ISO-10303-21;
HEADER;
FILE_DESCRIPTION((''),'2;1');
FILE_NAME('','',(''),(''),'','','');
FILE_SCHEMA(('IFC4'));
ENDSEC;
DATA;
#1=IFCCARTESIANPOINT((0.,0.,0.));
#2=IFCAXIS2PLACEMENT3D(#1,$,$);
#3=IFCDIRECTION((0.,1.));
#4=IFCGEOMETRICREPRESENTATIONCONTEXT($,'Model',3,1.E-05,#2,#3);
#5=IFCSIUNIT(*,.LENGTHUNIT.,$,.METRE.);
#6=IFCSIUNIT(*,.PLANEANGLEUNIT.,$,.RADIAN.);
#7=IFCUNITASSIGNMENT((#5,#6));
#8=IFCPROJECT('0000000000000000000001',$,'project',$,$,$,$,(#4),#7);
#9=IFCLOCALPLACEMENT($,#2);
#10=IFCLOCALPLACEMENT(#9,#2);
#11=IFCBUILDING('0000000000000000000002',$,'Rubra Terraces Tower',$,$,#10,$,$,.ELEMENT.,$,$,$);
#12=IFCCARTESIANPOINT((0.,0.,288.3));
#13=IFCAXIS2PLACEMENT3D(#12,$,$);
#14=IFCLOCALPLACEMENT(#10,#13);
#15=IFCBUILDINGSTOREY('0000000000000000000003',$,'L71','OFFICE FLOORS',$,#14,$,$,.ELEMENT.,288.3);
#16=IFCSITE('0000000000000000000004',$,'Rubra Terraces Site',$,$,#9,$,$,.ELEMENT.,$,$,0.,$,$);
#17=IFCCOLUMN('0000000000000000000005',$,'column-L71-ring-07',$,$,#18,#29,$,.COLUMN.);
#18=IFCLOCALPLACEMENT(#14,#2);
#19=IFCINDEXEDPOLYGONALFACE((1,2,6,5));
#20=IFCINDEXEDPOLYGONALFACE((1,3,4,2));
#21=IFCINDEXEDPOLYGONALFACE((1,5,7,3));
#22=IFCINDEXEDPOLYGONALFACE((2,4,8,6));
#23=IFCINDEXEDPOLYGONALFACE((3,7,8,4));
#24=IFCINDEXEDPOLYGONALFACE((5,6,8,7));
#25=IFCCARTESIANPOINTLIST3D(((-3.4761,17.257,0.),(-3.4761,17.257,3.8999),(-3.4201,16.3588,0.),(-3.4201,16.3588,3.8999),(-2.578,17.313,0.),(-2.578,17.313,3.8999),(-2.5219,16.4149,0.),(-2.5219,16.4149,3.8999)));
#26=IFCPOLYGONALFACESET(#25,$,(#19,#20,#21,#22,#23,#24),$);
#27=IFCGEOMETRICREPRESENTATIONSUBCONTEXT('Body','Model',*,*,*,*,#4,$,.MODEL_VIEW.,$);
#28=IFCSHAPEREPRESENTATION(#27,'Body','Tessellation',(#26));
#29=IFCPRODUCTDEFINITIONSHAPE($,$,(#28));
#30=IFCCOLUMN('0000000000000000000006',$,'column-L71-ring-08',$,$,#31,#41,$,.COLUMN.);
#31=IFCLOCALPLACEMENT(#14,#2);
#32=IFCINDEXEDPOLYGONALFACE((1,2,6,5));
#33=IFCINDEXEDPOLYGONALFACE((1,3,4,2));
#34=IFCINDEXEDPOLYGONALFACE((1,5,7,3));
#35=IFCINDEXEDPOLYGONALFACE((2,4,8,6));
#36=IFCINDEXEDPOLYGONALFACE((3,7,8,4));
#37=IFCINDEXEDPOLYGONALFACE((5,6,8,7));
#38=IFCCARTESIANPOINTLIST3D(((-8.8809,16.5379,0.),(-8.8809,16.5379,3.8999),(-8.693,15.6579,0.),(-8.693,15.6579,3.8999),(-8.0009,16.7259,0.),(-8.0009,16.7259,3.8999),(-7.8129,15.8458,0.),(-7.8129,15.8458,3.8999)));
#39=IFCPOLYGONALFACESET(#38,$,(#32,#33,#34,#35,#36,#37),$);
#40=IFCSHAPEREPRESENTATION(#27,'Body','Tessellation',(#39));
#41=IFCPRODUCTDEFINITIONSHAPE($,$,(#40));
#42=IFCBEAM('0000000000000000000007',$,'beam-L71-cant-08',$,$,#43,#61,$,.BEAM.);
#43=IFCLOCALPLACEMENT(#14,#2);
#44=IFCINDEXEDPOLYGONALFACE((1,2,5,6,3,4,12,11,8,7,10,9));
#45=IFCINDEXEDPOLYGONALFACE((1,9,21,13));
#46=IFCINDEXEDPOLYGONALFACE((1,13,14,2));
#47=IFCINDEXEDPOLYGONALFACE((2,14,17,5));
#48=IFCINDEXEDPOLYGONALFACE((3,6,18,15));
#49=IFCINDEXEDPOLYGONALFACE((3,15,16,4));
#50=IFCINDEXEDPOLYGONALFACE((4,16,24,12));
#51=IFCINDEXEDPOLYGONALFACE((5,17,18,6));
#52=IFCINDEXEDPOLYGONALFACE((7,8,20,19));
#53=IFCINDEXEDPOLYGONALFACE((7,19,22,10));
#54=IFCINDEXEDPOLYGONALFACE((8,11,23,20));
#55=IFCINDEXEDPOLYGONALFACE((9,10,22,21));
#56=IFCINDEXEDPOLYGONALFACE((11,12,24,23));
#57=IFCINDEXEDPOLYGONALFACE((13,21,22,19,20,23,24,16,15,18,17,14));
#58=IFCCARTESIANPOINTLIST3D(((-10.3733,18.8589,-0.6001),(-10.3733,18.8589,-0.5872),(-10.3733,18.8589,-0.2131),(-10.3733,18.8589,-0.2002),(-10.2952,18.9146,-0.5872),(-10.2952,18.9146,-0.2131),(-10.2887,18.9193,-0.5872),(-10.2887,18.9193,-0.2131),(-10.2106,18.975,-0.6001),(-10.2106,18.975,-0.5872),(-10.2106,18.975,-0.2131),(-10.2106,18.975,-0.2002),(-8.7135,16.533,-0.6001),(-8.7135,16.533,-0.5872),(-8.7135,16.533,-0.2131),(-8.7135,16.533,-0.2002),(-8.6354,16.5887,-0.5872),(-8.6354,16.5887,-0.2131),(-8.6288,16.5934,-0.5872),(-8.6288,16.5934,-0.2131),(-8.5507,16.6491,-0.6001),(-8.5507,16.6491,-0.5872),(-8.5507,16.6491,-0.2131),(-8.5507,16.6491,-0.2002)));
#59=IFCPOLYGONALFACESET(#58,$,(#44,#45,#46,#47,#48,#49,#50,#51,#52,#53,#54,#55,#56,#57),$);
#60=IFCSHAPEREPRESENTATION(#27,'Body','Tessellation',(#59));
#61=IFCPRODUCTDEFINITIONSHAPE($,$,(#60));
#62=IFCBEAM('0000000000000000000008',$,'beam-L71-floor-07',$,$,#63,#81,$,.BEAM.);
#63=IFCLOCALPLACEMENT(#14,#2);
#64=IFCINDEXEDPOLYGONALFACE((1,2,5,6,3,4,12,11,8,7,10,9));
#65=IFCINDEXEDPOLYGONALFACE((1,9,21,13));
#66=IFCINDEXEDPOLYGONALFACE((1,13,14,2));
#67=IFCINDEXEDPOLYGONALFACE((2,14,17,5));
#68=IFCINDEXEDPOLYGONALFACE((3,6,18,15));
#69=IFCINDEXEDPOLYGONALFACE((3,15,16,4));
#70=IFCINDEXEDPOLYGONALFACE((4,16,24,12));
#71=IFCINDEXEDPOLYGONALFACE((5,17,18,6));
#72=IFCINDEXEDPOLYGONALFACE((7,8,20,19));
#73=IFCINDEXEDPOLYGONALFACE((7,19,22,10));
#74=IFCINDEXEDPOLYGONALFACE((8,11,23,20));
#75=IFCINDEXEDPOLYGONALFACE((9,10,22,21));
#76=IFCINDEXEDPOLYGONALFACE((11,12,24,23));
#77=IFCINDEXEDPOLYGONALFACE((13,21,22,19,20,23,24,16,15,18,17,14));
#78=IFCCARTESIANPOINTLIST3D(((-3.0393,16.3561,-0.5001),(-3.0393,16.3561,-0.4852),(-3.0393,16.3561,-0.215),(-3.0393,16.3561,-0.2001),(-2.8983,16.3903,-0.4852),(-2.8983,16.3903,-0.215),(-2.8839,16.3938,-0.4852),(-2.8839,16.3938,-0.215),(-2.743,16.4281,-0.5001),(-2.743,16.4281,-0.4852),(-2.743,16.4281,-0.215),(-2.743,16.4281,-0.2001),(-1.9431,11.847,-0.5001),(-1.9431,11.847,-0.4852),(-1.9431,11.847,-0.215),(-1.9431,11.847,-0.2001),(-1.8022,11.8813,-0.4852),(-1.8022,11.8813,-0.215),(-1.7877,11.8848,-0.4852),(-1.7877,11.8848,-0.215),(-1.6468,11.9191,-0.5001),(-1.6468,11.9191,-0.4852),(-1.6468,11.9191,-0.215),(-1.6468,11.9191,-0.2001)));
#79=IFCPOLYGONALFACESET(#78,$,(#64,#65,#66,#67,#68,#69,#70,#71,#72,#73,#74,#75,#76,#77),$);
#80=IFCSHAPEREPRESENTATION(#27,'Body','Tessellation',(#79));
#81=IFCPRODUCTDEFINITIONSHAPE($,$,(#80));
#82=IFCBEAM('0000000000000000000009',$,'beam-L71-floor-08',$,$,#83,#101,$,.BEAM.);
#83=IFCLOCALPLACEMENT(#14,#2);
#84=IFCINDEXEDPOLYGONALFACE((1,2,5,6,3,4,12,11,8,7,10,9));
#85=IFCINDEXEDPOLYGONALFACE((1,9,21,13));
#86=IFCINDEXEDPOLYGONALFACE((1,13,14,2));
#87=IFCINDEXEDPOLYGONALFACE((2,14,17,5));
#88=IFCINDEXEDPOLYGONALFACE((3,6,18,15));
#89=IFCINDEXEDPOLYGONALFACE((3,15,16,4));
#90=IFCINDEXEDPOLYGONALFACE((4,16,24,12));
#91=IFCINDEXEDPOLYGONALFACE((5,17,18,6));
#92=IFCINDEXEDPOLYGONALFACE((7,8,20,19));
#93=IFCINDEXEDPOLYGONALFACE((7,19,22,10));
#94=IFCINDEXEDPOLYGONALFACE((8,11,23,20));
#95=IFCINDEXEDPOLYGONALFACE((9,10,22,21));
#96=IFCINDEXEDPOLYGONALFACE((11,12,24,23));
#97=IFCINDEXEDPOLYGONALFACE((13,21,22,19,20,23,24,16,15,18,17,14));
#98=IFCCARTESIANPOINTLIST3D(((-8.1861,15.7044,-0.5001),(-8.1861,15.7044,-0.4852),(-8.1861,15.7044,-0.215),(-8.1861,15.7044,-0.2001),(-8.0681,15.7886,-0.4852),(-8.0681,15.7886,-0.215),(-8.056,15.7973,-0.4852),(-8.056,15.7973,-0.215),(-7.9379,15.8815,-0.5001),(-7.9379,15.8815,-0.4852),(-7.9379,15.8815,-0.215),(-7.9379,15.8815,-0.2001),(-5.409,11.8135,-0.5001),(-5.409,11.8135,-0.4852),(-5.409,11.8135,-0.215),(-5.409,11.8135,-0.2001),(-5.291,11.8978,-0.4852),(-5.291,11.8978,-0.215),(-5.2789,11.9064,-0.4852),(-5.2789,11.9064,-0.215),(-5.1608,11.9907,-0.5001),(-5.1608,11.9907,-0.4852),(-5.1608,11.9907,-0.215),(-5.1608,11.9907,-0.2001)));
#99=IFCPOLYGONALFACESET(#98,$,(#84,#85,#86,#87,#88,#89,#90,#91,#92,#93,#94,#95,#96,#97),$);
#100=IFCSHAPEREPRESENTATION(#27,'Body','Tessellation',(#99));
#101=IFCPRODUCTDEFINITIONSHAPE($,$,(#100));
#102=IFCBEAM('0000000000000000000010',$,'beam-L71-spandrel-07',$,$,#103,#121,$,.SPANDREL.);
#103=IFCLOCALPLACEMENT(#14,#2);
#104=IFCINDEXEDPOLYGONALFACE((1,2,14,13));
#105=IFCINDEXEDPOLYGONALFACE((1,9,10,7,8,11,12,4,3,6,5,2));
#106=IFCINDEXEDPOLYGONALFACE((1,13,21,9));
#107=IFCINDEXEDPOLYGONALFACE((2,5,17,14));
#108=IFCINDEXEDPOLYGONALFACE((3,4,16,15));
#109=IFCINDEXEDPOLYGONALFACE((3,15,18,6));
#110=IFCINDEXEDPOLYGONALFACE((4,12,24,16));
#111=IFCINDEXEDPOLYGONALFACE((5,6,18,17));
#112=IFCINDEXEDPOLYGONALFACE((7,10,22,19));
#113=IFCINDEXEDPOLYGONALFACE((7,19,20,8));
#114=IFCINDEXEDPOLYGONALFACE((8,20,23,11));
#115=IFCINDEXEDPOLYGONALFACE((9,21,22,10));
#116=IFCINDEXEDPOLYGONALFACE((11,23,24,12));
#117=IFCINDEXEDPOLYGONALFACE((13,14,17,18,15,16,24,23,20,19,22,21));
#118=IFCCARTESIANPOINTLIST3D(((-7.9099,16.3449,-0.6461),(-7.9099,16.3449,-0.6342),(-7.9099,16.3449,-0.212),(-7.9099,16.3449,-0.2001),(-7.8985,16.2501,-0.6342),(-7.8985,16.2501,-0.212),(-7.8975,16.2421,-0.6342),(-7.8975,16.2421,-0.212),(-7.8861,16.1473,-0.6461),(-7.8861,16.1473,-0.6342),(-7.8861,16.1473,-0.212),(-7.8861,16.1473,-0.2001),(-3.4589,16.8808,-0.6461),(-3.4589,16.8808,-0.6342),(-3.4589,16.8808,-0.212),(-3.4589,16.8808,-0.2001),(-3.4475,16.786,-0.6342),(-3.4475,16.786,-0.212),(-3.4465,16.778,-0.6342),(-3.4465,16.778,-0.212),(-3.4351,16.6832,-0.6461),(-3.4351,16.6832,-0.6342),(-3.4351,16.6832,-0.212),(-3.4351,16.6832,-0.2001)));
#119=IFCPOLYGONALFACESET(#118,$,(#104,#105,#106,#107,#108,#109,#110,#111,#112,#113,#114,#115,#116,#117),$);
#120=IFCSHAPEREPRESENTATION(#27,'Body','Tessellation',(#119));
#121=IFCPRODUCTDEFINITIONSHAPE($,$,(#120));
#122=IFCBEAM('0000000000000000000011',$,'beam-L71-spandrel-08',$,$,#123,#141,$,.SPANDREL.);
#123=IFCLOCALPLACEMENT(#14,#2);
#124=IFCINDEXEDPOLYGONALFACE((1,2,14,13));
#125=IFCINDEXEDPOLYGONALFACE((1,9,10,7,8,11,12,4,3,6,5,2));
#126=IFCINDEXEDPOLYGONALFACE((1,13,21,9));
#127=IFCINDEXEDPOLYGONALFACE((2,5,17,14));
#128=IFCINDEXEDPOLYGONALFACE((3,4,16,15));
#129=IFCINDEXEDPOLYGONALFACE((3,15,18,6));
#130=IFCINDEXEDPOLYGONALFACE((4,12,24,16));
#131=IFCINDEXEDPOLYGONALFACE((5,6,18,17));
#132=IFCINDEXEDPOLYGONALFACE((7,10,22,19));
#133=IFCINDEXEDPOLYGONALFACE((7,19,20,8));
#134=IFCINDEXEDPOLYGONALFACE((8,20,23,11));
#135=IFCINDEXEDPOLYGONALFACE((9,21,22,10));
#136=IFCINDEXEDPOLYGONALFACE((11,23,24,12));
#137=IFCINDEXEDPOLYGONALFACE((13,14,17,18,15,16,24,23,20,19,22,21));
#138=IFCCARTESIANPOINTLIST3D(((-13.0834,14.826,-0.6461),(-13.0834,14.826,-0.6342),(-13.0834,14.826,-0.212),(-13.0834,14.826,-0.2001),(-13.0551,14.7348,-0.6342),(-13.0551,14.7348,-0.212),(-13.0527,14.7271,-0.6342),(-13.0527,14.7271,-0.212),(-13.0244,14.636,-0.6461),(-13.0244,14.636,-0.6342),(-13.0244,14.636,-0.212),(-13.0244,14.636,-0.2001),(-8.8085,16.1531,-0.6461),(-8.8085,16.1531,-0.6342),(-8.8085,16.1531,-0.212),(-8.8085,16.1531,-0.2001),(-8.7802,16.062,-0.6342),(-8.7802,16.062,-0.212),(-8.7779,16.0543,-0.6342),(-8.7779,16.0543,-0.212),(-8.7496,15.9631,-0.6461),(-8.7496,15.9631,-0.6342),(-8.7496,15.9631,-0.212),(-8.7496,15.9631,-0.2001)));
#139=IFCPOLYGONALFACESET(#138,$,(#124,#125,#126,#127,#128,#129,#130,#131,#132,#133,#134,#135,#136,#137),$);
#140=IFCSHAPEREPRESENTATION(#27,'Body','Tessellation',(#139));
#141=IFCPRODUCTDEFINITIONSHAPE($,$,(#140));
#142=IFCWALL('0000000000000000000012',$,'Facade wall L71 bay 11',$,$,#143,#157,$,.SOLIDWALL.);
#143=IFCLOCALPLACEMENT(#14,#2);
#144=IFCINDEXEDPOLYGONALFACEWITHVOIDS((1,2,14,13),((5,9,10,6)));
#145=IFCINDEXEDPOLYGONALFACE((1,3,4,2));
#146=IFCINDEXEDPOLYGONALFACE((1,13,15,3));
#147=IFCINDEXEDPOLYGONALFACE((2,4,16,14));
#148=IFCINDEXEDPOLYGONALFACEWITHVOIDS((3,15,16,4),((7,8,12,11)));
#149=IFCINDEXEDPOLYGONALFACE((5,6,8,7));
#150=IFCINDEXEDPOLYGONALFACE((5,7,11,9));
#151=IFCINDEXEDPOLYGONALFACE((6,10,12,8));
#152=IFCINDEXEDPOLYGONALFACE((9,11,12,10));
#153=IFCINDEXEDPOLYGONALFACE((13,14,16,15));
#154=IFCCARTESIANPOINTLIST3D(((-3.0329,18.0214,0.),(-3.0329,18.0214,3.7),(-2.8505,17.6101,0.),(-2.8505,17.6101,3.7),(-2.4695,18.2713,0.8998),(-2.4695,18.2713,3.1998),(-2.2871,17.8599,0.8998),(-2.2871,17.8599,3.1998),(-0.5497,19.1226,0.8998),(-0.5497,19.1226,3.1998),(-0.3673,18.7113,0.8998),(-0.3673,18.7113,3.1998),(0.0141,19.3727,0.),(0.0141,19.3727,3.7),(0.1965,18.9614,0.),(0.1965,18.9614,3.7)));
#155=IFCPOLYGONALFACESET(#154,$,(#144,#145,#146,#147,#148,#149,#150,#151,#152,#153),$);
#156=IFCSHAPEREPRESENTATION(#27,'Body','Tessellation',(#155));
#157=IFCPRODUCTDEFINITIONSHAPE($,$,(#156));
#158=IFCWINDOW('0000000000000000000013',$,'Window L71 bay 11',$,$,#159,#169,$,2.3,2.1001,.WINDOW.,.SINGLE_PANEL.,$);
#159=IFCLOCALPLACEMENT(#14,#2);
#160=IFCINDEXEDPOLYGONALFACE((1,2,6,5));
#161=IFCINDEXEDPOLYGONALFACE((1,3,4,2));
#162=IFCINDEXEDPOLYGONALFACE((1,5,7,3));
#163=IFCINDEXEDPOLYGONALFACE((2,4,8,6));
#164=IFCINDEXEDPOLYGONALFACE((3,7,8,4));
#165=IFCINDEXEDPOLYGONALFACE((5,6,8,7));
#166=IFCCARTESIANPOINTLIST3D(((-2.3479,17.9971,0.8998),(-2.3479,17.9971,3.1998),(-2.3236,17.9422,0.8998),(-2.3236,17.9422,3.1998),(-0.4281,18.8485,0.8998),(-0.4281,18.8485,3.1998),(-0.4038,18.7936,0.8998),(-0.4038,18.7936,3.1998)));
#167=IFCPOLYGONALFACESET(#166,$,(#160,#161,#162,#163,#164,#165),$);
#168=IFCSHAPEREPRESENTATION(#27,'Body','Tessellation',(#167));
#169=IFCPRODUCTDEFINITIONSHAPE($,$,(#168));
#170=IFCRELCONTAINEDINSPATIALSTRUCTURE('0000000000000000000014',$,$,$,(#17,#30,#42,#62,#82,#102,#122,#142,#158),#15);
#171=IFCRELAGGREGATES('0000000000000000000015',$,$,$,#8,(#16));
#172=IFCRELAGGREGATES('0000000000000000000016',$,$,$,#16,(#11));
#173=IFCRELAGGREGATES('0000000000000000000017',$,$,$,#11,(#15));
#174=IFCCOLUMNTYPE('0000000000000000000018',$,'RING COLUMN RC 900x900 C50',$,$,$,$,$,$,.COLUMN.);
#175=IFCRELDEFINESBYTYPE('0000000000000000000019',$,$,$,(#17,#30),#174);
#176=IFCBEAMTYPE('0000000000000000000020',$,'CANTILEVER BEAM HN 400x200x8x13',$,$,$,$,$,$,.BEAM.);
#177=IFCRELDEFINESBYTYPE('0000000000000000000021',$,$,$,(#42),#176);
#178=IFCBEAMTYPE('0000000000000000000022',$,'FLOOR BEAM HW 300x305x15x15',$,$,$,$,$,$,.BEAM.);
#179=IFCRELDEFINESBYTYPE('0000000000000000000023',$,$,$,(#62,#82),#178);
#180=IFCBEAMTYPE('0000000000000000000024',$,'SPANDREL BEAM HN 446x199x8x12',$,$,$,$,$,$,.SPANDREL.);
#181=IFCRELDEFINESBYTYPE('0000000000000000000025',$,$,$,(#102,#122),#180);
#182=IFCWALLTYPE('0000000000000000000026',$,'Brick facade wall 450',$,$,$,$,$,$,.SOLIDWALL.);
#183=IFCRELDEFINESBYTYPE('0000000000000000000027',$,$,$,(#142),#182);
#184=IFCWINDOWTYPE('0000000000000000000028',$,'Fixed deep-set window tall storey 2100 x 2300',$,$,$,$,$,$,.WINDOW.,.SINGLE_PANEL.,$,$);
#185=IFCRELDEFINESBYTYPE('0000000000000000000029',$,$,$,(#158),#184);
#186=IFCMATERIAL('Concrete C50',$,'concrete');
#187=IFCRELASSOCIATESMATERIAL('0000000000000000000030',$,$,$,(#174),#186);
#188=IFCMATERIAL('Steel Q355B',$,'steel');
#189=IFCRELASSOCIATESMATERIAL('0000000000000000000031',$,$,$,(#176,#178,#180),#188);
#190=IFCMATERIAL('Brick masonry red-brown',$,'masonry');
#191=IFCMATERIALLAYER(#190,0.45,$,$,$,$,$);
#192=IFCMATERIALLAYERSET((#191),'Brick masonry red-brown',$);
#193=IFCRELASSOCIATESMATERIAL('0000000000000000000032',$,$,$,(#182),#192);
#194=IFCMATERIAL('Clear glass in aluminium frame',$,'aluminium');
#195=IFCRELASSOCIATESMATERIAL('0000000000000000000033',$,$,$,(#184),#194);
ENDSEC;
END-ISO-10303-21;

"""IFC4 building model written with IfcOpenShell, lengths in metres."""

from ifc_helpers import new_model, si_unit, direction, frame, frame_2d, origin, origin_2d, place, context, subcontext, project, spatial, rectangle, i_section, extrude, material, layer, layer_set, material_profile, profile_set, type_object, element, fill, save


model = new_model("IFC4")

# Units and contexts
model_context = context("Model", 3, precision=1e-05, world=origin(), true_north=direction((0.0, 1.0)))
body_context = subcontext(model_context, "Body", "Model", "MODEL_VIEW")
ifc_project = project(units=[si_unit("LENGTHUNIT", "METRE"), si_unit("PLANEANGLEUNIT", "RADIAN")], contexts=[model_context])

# Site, building, storey
site_placement = place(None, origin())
site = spatial("IfcSite", under=ifc_project, at=site_placement, Name="Rubra Terraces Site", CompositionType="ELEMENT", RefElevation=0.0)
building_placement = place(site_placement, origin())
building = spatial("IfcBuilding", under=site, at=building_placement, Name="Rubra Terraces Tower", CompositionType="ELEMENT")
storey_placement = place(building_placement, frame((0.0, 0.0, 288.3)))
storey = spatial("IfcBuildingStorey", under=building, at=storey_placement, Name="L71", Description="OFFICE FLOORS", CompositionType="ELEMENT", Elevation=288.3)

# Columns
ifc_material_1 = material(Name="Concrete C50", Category="concrete")
ifc_material_profile_1 = material_profile(ifc_material_1, rectangle(XDim=0.8999, YDim=0.8999, at=origin_2d()), Name="RC 900x900")
ifc_profile_set_1 = profile_set([ifc_material_profile_1], Name="Concrete C50")
column_type = type_object("IfcColumnType", Name="RING COLUMN RC 900x900 C50", PredefinedType="COLUMN", material=ifc_profile_set_1)
for number, where, z_axis, x_axis, name in (
    (1, (-2.999, 16.8359, 0.0), (0.0, 0.0, 1.0), (-0.998059, -0.062268, 0.0), "column-L71-ring-07"),
    (2, (-8.3469, 16.1919, 0.0), (0.0, 0.0, 1.0), (-0.977944, -0.208867, 0.0), "column-L71-ring-08"),
):
    element("IfcColumn", number, at=place(storey_placement, frame(where, z_axis=z_axis, x_axis=x_axis)), inside=storey, type_object=column_type, Name=name, PredefinedType="COLUMN", context=body_context, shape_type="SweptSolid", body=[
        extrude(rectangle(XDim=0.8999, YDim=0.8999, at=origin_2d()), origin(), (0.0, 0.0, 1.0), 3.8999),
    ])

# Beams
ifc_material_2 = material(Name="Steel Q355B", Category="steel")
ifc_material_profile_2 = material_profile(ifc_material_2, i_section(OverallWidth=0.2, OverallDepth=0.3999, WebThickness=0.0081, FlangeThickness=0.0129, at=origin_2d()), Name="HN 400x200x8x13")
ifc_profile_set_2 = profile_set([ifc_material_profile_2], Name="Steel Q355B")
beam_type_1 = type_object("IfcBeamType", Name="CANTILEVER BEAM HN 400x200x8x13", PredefinedType="BEAM", material=ifc_profile_set_2)
beam_1_placement = place(storey_placement, frame((-8.6321, 16.5911, -0.4001), z_axis=(-0.580899, 0.813976, 0.0), x_axis=(-0.813976, -0.580899, 0.0)))
element("IfcBeam", 3, at=beam_1_placement, inside=storey, type_object=beam_type_1, Name="beam-L71-cant-08", PredefinedType="BEAM", context=body_context, shape_type="SweptSolid", body=[
    extrude(i_section(OverallWidth=0.2, OverallDepth=0.3999, WebThickness=0.0081, FlangeThickness=0.0129, at=origin_2d()), origin(), (0.0, 0.0, 1.0), 2.8574),
])
ifc_material_profile_3 = material_profile(ifc_material_2, i_section(OverallWidth=0.3049, OverallDepth=0.3, WebThickness=0.0149, FlangeThickness=0.0149, at=origin_2d()), Name="HW 300x305x15x15")
ifc_profile_set_3 = profile_set([ifc_material_profile_3], Name="Steel Q355B")
beam_type_2 = type_object("IfcBeamType", Name="FLOOR BEAM HW 300x305x15x15", PredefinedType="BEAM", material=ifc_profile_set_3)
beam_2_placement = place(storey_placement, frame((-2.8911, 16.3921, -0.3501), z_axis=(0.236229, -0.971697, 0.0), x_axis=(0.971697, 0.236229, 0.0)))
element("IfcBeam", 4, at=beam_2_placement, inside=storey, type_object=beam_type_2, Name="beam-L71-floor-07", PredefinedType="BEAM", context=body_context, shape_type="SweptSolid", body=[
    extrude(i_section(OverallWidth=0.3049, OverallDepth=0.3, WebThickness=0.0149, FlangeThickness=0.0149, at=origin_2d()), origin(), (0.0, 0.0, 1.0), 4.6404),
])
beam_3_placement = place(storey_placement, frame((-8.062, 15.793, -0.3501), z_axis=(0.580948, -0.81394, 0.0), x_axis=(0.81394, 0.580948, 0.0)))
element("IfcBeam", 5, at=beam_3_placement, inside=storey, type_object=beam_type_2, Name="beam-L71-floor-08", PredefinedType="BEAM", context=body_context, shape_type="SweptSolid", body=[
    extrude(i_section(OverallWidth=0.3049, OverallDepth=0.3, WebThickness=0.0149, FlangeThickness=0.0149, at=origin_2d()), origin(), (0.0, 0.0, 1.0), 4.7803),
])
ifc_material_profile_4 = material_profile(ifc_material_2, i_section(OverallWidth=0.199, OverallDepth=0.446, WebThickness=0.0081, FlangeThickness=0.012, at=origin_2d()), Name="HN 446x199x8x12")
ifc_profile_set_4 = profile_set([ifc_material_profile_4], Name="Steel Q355B")
beam_type_3 = type_object("IfcBeamType", Name="SPANDREL BEAM HN 446x199x8x12", PredefinedType="SPANDREL", material=ifc_profile_set_4)
beam_4_placement = place(storey_placement, frame((-3.447, 16.782, -0.4231), z_axis=(-0.99283, -0.119536, 0.0), x_axis=(0.119536, -0.99283, 0.0)))
element("IfcBeam", 6, at=beam_4_placement, inside=storey, type_object=beam_type_3, Name="beam-L71-spandrel-07", PredefinedType="SPANDREL", context=body_context, shape_type="SweptSolid", body=[
    extrude(i_section(OverallWidth=0.199, OverallDepth=0.446, WebThickness=0.0081, FlangeThickness=0.012, at=origin_2d()), origin(), (0.0, 0.0, 1.0), 4.4832),
])
beam_5_placement = place(storey_placement, frame((-8.7791, 16.0581, -0.4231), z_axis=(-0.955035, -0.296492, 0.0), x_axis=(0.296492, -0.955035, 0.0)))
element("IfcBeam", 7, at=beam_5_placement, inside=storey, type_object=beam_type_3, Name="beam-L71-spandrel-08", PredefinedType="SPANDREL", context=body_context, shape_type="SweptSolid", body=[
    extrude(i_section(OverallWidth=0.199, OverallDepth=0.446, WebThickness=0.0081, FlangeThickness=0.012, at=origin_2d()), origin(), (0.0, 0.0, 1.0), 4.4761),
])

# Wall, opening, window
ifc_material_3 = material(Name="Brick masonry red-brown", Category="masonry")
ifc_layer_1 = layer(ifc_material_3, 0.45)
ifc_layer_set_1 = layer_set([ifc_layer_1], Name="Brick masonry red-brown")
wall_type_1 = type_object("IfcWallType", Name="Brick facade wall 450", PredefinedType="SOLIDWALL", material=ifc_layer_set_1)
wall_1_placement = place(storey_placement, frame((0.1052, 19.167, 0.0), z_axis=(0.0, 0.0, 1.0), x_axis=(-0.91414, -0.405398, 0.0)))
wall_1 = element("IfcWall", 8, at=wall_1_placement, inside=storey, type_object=wall_type_1, Name="Facade wall L71 bay 11", PredefinedType="SOLIDWALL", context=body_context, shape_type="SweptSolid", body=[
    extrude(rectangle(XDim=3.3333, YDim=0.45, at=frame_2d((1.6665, 0.0))), origin(), (0.0, 0.0, 1.0), 3.7),
])
opening_1_placement = place(wall_1_placement, frame((0.6167, 0.0, 0.8999)))
opening_1 = element("IfcOpeningElement", 9, at=opening_1_placement, cuts=wall_1, PredefinedType="OPENING", context=body_context, shape_type="SweptSolid", body=[
    extrude(rectangle(XDim=2.1001, YDim=2.3, at=frame_2d((1.05, 1.1499))), frame((0.0, 0.2349, 0.0), z_axis=(0.0, -1.0, 0.0), x_axis=(1.0, 0.0, 0.0)), (0.0, 0.0, 1.0), 0.47),
])
ifc_material_4 = material(Name="Clear glass in aluminium frame", Category="aluminium")
window_type_1 = type_object("IfcWindowType", Name="Fixed deep-set window tall storey 2100 x 2300", PartitioningType="SINGLE_PANEL", PredefinedType="WINDOW", material=ifc_material_4)
window_1_placement = place(opening_1_placement, origin())
window_1 = element("IfcWindow", 10, at=window_1_placement, inside=storey, type_object=window_type_1, Name="Window L71 bay 11", OverallHeight=2.3, OverallWidth=2.1001, PartitioningType="SINGLE_PANEL", PredefinedType="WINDOW", context=body_context, shape_type="SweptSolid", body=[
    extrude(rectangle(XDim=2.1001, YDim=2.3, at=frame_2d((1.05, 1.1499))), frame((0.0, 0.135, 0.0), z_axis=(0.0, -1.0, 0.0), x_axis=(1.0, 0.0, 0.0)), (0.0, 0.0, 1.0), 0.0601),
])
fill(opening_1, window_1)

save(model, "model.ifc")
